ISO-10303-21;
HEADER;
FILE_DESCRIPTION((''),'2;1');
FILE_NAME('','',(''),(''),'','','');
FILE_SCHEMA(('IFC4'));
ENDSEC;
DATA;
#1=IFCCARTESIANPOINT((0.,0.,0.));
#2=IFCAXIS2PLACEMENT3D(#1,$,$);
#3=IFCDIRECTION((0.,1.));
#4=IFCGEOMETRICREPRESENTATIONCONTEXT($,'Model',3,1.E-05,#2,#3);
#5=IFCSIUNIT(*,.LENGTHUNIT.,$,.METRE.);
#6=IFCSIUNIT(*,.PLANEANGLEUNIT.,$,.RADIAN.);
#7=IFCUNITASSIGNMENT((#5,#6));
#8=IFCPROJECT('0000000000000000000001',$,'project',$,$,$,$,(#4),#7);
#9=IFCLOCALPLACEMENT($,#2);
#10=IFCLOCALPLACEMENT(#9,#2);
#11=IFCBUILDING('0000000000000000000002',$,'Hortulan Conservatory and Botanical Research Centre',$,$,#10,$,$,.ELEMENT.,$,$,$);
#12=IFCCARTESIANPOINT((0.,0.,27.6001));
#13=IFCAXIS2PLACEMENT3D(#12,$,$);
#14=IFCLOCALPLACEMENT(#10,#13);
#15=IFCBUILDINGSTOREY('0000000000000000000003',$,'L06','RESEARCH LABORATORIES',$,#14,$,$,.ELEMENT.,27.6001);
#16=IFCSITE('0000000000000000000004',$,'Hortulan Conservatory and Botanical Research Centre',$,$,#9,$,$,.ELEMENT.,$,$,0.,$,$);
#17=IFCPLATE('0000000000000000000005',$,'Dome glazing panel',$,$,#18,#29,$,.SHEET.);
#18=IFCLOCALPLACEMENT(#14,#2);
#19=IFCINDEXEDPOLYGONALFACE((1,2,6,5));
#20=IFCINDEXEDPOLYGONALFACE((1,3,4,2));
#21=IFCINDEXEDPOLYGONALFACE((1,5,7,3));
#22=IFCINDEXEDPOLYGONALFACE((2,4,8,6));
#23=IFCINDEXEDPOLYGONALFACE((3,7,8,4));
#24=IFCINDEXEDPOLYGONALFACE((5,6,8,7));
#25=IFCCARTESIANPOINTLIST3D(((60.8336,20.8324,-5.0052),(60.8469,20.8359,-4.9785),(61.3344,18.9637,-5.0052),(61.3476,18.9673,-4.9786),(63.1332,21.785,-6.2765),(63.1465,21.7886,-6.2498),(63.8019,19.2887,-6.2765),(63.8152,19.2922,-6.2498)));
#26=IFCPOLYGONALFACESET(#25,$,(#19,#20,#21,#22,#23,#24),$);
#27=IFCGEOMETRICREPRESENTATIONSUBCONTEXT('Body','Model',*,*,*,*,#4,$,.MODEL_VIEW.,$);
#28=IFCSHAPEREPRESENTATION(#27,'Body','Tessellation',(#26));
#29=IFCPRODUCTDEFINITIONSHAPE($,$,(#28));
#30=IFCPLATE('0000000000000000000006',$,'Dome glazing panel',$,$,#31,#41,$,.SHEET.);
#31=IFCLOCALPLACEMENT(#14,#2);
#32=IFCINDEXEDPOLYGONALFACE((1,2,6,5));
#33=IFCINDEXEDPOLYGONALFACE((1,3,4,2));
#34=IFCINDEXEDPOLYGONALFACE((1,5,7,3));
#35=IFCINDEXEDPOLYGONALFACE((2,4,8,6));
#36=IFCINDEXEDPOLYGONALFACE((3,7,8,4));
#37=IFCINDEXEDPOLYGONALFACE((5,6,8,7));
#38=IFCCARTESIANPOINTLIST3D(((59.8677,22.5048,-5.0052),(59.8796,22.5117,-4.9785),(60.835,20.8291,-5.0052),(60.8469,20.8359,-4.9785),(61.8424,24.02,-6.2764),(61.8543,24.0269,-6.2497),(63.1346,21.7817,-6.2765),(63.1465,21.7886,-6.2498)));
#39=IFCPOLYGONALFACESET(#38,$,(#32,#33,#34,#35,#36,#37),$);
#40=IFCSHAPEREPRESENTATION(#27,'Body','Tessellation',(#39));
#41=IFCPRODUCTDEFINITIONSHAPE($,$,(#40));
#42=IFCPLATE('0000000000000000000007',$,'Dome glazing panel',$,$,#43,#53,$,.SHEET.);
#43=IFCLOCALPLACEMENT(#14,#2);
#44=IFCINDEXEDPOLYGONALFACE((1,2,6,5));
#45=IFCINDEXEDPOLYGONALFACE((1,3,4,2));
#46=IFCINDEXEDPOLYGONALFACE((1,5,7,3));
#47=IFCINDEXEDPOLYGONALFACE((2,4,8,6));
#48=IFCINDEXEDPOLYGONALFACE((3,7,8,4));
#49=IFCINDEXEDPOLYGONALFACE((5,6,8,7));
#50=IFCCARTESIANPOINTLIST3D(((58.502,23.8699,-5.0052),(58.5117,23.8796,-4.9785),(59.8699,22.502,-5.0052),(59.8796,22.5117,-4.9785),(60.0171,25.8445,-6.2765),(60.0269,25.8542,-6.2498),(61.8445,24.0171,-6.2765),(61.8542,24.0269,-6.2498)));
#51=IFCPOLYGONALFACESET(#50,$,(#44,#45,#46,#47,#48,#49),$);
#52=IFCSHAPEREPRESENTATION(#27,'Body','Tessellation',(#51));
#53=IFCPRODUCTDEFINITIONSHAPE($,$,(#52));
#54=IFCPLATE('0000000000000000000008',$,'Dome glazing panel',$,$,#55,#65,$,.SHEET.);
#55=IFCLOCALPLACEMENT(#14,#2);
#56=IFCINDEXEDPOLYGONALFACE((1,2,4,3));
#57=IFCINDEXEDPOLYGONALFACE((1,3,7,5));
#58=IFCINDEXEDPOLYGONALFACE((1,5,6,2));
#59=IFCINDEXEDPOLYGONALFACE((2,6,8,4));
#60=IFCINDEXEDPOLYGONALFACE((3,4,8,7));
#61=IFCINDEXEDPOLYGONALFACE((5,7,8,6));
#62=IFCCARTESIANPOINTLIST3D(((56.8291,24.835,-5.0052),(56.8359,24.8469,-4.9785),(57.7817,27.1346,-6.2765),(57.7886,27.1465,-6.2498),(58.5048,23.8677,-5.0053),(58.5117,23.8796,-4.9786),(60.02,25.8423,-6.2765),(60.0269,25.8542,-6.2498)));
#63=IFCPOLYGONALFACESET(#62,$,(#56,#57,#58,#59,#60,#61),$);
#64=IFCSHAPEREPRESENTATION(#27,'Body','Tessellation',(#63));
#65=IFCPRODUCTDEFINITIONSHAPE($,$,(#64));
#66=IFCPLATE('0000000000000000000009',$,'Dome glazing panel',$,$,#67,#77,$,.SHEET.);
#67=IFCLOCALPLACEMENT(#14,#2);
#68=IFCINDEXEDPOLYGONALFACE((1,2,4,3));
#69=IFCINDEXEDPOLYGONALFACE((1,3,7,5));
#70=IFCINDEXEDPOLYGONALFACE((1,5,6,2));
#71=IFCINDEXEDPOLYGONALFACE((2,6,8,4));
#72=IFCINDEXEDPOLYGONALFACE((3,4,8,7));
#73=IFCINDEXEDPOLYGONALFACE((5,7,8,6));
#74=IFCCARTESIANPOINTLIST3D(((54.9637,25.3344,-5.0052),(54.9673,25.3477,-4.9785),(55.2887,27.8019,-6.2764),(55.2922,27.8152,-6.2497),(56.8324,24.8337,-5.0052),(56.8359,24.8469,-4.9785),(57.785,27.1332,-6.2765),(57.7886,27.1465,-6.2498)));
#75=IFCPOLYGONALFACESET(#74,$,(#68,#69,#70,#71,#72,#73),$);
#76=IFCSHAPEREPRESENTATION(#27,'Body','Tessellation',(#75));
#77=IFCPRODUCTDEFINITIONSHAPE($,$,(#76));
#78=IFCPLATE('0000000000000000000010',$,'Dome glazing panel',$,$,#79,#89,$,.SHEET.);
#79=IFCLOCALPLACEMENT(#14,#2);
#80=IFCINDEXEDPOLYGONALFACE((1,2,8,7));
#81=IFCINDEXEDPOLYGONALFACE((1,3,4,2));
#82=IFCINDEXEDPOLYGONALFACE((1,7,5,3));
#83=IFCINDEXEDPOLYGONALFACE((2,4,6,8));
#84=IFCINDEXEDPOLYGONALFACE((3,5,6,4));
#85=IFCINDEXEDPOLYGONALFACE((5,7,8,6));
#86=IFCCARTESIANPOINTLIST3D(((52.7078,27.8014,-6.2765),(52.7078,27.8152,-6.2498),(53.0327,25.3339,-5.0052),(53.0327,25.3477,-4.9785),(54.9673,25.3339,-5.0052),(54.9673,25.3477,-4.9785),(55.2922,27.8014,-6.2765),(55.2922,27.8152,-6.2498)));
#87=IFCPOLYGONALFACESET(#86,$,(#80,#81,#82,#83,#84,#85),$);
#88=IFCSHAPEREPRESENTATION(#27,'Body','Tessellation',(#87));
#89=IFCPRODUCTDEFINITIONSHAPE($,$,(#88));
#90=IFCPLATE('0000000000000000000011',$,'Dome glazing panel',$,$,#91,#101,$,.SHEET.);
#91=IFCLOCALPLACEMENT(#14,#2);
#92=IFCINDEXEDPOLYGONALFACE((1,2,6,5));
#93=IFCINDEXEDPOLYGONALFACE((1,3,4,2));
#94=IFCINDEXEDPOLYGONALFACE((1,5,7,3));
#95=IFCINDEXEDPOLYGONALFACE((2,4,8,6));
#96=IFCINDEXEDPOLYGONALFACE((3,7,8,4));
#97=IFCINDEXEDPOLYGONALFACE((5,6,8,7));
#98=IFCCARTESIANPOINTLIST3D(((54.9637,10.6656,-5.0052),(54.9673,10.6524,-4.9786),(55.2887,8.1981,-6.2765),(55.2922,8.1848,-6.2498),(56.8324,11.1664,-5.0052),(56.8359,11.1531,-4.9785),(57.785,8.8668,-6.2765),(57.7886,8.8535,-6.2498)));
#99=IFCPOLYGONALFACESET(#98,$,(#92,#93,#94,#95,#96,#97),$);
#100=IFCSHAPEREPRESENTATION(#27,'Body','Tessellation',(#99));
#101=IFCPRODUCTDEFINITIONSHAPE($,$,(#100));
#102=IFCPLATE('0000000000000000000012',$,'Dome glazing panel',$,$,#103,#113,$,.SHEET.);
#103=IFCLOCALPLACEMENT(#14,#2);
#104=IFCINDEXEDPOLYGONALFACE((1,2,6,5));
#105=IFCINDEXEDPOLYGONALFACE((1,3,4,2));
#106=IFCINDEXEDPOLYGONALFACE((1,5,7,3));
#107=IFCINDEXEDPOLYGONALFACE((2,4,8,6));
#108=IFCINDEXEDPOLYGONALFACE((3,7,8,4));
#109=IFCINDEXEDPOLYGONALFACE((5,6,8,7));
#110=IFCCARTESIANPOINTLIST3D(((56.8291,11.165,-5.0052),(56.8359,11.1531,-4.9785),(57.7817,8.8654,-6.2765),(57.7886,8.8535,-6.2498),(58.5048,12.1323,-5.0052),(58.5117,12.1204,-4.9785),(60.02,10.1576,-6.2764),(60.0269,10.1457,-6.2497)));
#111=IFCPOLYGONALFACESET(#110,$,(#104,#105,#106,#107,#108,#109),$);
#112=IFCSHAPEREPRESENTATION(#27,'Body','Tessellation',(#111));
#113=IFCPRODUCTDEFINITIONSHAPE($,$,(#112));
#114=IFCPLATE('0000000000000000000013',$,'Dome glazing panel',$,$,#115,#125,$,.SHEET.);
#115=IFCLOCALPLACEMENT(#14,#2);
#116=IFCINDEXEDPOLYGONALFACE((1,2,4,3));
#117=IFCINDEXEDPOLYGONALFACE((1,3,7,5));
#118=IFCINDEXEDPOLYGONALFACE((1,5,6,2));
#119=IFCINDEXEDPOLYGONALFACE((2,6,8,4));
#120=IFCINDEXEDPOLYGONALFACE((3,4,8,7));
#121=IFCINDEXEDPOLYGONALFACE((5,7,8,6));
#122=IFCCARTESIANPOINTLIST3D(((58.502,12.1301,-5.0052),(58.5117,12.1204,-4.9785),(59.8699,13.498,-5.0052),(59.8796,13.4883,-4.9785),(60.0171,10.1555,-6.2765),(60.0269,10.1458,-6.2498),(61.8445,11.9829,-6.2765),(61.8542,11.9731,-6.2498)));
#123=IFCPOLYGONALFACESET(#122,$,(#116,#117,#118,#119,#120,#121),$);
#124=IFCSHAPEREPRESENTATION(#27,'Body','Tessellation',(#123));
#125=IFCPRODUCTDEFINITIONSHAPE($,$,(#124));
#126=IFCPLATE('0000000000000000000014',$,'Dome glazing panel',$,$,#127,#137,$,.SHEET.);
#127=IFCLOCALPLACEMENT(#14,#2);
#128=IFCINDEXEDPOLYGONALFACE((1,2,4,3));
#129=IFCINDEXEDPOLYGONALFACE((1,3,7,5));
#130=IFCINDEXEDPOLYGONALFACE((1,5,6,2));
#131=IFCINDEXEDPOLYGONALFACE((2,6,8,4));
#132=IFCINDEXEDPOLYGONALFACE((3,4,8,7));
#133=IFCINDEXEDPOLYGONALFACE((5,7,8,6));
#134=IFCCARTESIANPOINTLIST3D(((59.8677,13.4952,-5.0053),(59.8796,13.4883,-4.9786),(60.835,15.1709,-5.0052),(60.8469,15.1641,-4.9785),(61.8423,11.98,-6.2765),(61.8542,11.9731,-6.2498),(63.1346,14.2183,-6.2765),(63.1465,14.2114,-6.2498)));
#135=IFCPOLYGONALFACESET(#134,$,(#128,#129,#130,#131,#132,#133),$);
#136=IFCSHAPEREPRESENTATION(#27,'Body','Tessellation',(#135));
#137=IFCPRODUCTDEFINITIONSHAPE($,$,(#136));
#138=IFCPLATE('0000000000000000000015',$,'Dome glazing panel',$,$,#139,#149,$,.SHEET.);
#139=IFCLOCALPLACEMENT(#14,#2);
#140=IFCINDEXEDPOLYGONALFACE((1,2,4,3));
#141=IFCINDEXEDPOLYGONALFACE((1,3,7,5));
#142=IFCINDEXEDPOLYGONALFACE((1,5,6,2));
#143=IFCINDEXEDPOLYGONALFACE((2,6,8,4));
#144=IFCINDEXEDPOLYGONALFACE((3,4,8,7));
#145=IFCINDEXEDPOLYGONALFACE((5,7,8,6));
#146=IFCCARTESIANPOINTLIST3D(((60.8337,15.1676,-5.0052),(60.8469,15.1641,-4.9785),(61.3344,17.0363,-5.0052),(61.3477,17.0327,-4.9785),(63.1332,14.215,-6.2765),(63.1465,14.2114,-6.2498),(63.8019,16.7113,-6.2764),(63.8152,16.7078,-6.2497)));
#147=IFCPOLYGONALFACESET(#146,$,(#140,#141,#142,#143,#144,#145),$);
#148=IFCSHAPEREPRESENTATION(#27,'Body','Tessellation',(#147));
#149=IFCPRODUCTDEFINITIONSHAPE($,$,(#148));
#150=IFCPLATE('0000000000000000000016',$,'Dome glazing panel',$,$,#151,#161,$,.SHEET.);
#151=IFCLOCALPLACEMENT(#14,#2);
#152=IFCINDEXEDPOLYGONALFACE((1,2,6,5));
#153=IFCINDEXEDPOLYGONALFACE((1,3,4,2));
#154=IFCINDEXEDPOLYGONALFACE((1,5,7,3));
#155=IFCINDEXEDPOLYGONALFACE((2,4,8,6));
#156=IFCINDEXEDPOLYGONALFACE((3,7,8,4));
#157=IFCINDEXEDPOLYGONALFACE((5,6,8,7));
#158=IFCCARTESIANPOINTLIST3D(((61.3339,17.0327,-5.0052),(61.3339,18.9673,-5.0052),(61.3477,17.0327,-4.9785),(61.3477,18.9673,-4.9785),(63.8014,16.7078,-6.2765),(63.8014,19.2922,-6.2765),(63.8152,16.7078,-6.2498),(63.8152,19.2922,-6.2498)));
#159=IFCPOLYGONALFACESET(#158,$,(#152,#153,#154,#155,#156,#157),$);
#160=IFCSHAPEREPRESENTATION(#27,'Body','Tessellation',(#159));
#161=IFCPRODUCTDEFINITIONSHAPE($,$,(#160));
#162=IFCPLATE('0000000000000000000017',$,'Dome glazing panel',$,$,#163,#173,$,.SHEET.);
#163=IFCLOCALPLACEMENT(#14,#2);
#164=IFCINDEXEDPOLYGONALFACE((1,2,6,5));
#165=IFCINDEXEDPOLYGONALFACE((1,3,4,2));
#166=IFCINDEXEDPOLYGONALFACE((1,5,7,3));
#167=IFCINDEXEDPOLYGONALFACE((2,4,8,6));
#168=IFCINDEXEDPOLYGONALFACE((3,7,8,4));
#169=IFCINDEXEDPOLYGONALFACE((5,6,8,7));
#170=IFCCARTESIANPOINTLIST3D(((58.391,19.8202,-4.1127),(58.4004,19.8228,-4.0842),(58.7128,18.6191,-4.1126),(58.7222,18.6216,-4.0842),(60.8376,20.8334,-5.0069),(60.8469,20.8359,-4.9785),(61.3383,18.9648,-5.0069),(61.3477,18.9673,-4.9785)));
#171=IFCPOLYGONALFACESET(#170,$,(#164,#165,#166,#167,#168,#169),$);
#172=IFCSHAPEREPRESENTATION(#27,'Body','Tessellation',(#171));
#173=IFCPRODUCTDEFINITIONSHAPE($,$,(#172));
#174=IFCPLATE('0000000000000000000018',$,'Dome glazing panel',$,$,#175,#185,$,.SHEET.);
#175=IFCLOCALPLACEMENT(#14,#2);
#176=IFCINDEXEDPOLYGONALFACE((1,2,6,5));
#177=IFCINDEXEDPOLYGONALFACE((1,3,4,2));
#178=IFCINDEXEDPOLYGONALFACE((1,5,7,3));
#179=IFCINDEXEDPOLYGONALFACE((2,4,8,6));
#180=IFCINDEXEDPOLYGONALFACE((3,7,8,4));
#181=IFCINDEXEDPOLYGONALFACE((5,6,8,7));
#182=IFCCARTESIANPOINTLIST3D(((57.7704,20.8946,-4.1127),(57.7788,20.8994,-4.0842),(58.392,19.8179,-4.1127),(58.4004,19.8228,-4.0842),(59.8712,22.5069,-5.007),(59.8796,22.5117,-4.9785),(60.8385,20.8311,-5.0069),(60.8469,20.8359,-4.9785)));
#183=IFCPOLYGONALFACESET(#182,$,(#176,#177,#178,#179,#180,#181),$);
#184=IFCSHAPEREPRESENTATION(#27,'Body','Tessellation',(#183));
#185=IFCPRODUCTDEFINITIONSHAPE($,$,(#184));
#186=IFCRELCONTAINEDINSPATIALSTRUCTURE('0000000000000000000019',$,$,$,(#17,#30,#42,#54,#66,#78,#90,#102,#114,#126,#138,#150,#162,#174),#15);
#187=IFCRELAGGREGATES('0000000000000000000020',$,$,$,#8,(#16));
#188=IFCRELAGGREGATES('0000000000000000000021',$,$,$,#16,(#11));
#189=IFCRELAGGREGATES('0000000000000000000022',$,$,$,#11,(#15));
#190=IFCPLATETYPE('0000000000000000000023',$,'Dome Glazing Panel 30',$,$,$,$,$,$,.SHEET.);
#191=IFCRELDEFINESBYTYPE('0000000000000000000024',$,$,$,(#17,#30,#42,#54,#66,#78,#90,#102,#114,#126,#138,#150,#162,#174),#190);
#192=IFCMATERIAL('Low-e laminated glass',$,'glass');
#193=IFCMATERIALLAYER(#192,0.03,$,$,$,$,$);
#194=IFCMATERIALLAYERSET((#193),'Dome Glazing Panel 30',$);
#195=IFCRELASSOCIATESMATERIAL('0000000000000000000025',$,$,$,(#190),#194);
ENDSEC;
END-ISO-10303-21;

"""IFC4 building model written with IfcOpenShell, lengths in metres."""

from ifc_helpers import new_model, si_unit, direction, frame, origin, place, context, subcontext, project, spatial, polyline, outline, extrude, material, layer, layer_set, type_object, element, save


model = new_model("IFC4")

# Units and contexts
model_context = context("Model", 3, precision=1e-05, world=origin(), true_north=direction((0.0, 1.0)))
body_context = subcontext(model_context, "Body", "Model", "MODEL_VIEW")
ifc_project = project(units=[si_unit("LENGTHUNIT", "METRE"), si_unit("PLANEANGLEUNIT", "RADIAN")], contexts=[model_context])

# Site, building, storey
site_placement = place(None, origin())
site = spatial("IfcSite", under=ifc_project, at=site_placement, Name="Hortulan Conservatory and Botanical Research Centre", CompositionType="ELEMENT", RefElevation=0.0)
building_placement = place(site_placement, origin())
building = spatial("IfcBuilding", under=site, at=building_placement, Name="Hortulan Conservatory and Botanical Research Centre", CompositionType="ELEMENT")
storey_placement = place(building_placement, frame((0.0, 0.0, 27.6001)))
storey = spatial("IfcBuildingStorey", under=building, at=storey_placement, Name="L06", Description="RESEARCH LABORATORIES", CompositionType="ELEMENT", Elevation=27.6001)

# Plates
ifc_material = material(Name="Low-e laminated glass", Category="glass")
ifc_layer = layer(ifc_material, 0.03)
ifc_layer_set = layer_set([ifc_layer], Name="Dome Glazing Panel 30")
plate_type = type_object("IfcPlateType", Name="Dome Glazing Panel 30", PredefinedType="SHEET", material=ifc_layer_set)
plate_1_placement = place(storey_placement, frame((63.8152, 19.2922, -6.2498), z_axis=(0.442362, 0.118514, 0.888971), x_axis=(-0.258758, 0.965942, -0.000015)))
element("IfcPlate", 1, at=plate_1_placement, inside=storey, type_object=plate_type, Name="Dome glazing panel", PredefinedType="SHEET", context=body_context, shape_type="SweptSolid", body=[
    extrude(outline(polyline([(0.0, 0.0), (2.5843, 0.0), (2.2592, 2.7759), (0.3246, 2.7758), (0.0, 0.0)])), origin(), (0.0, 0.0, -1.0), 0.03),
])
plate_2_placement = place(storey_placement, frame((63.1465, 21.7886, -6.2498), z_axis=(0.396612, 0.228957, 0.888975), x_axis=(-0.499983, 0.866035, 0.000016)))
element("IfcPlate", 2, at=plate_2_placement, inside=storey, type_object=plate_type, Name="Dome glazing panel", PredefinedType="SHEET", context=body_context, shape_type="SweptSolid", body=[
    extrude(outline(polyline([(0.0, 0.0), (2.5845, 0.0), (2.2597, 2.7758), (0.3247, 2.776), (0.0, 0.0)])), origin(), (0.0, 0.0, -1.0), 0.03),
])
plate_3_placement = place(storey_placement, frame((61.8542, 24.0269, -6.2498), z_axis=(0.323832, 0.323832, 0.888969), x_axis=(-0.707107, 0.707107, 0.0)))
element("IfcPlate", 3, at=plate_3_placement, inside=storey, type_object=plate_type, Name="Dome glazing panel", PredefinedType="SHEET", context=body_context, shape_type="SweptSolid", body=[
    extrude(outline(polyline([(0.0, 0.0), (2.5843, 0.0), (2.2594, 2.7758), (0.3249, 2.7758), (0.0, 0.0)])), origin(), (0.0, 0.0, -1.0), 0.03),
])
plate_4_placement = place(storey_placement, frame((60.0269, 25.8542, -6.2498), z_axis=(0.228957, 0.396612, 0.888975), x_axis=(-0.866035, 0.499983, -0.000016)))
element("IfcPlate", 4, at=plate_4_placement, inside=storey, type_object=plate_type, Name="Dome glazing panel", PredefinedType="SHEET", context=body_context, shape_type="SweptSolid", body=[
    extrude(outline(polyline([(0.0, 0.0), (2.5845, 0.0), (2.2598, 2.776), (0.3249, 2.7758), (0.0, 0.0)])), origin(), (0.0, 0.0, -1.0), 0.03),
])
plate_5_placement = place(storey_placement, frame((57.7886, 27.1465, -6.2498), z_axis=(0.118514, 0.442362, 0.888971), x_axis=(-0.965942, 0.258758, 0.000015)))
element("IfcPlate", 5, at=plate_5_placement, inside=storey, type_object=plate_type, Name="Dome glazing panel", PredefinedType="SHEET", context=body_context, shape_type="SweptSolid", body=[
    extrude(outline(polyline([(0.0, 0.0), (2.5843, 0.0), (2.2598, 2.7758), (0.3252, 2.7759), (0.0, 0.0)])), origin(), (0.0, 0.0, -1.0), 0.03),
])
plate_6_placement = place(storey_placement, frame((55.2922, 27.8152, -6.2498), z_axis=(0.0, 0.457982, 0.888962), x_axis=(-1.0, 0.0, 0.0)))
element("IfcPlate", 6, at=plate_6_placement, inside=storey, type_object=plate_type, Name="Dome glazing panel", PredefinedType="SHEET", context=body_context, shape_type="SweptSolid", body=[
    extrude(outline(polyline([(0.0, 0.0), (2.5845, 0.0), (2.2595, 2.7757), (0.325, 2.7757), (0.0, 0.0)])), origin(), (0.0, 0.0, -1.0), 0.03),
])
plate_7_placement = place(storey_placement, frame((55.2922, 8.1848, -6.2498), z_axis=(0.118514, -0.442362, 0.888971), x_axis=(0.965942, 0.258758, -0.000015)))
element("IfcPlate", 7, at=plate_7_placement, inside=storey, type_object=plate_type, Name="Dome glazing panel", PredefinedType="SHEET", context=body_context, shape_type="SweptSolid", body=[
    extrude(outline(polyline([(0.0, 0.0), (2.5843, 0.0), (2.2592, 2.7759), (0.3246, 2.7758), (0.0, 0.0)])), origin(), (0.0, 0.0, -1.0), 0.03),
])
plate_8_placement = place(storey_placement, frame((57.7886, 8.8535, -6.2498), z_axis=(0.228957, -0.396612, 0.888975), x_axis=(0.866035, 0.499983, 0.000016)))
element("IfcPlate", 8, at=plate_8_placement, inside=storey, type_object=plate_type, Name="Dome glazing panel", PredefinedType="SHEET", context=body_context, shape_type="SweptSolid", body=[
    extrude(outline(polyline([(0.0, 0.0), (2.5845, 0.0), (2.2597, 2.7758), (0.3247, 2.776), (0.0, 0.0)])), origin(), (0.0, 0.0, -1.0), 0.03),
])
plate_9_placement = place(storey_placement, frame((60.0269, 10.1458, -6.2498), z_axis=(0.323832, -0.323832, 0.888969), x_axis=(0.707107, 0.707107, 0.0)))
element("IfcPlate", 9, at=plate_9_placement, inside=storey, type_object=plate_type, Name="Dome glazing panel", PredefinedType="SHEET", context=body_context, shape_type="SweptSolid", body=[
    extrude(outline(polyline([(0.0, 0.0), (2.5843, 0.0), (2.2594, 2.7758), (0.3249, 2.7758), (0.0, 0.0)])), origin(), (0.0, 0.0, -1.0), 0.03),
])
plate_10_placement = place(storey_placement, frame((61.8542, 11.9731, -6.2498), z_axis=(0.396612, -0.228957, 0.888975), x_axis=(0.499983, 0.866035, -0.000016)))
element("IfcPlate", 10, at=plate_10_placement, inside=storey, type_object=plate_type, Name="Dome glazing panel", PredefinedType="SHEET", context=body_context, shape_type="SweptSolid", body=[
    extrude(outline(polyline([(0.0, 0.0), (2.5845, 0.0), (2.2598, 2.776), (0.3249, 2.7758), (0.0, 0.0)])), origin(), (0.0, 0.0, -1.0), 0.03),
])
plate_11_placement = place(storey_placement, frame((63.1465, 14.2114, -6.2498), z_axis=(0.442362, -0.118514, 0.888971), x_axis=(0.258758, 0.965942, 0.000015)))
element("IfcPlate", 11, at=plate_11_placement, inside=storey, type_object=plate_type, Name="Dome glazing panel", PredefinedType="SHEET", context=body_context, shape_type="SweptSolid", body=[
    extrude(outline(polyline([(0.0, 0.0), (2.5843, 0.0), (2.2598, 2.7758), (0.3252, 2.7759), (0.0, 0.0)])), origin(), (0.0, 0.0, -1.0), 0.03),
])
plate_12_placement = place(storey_placement, frame((63.8152, 16.7078, -6.2498), z_axis=(0.457982, 0.0, 0.888962), x_axis=(0.0, 1.0, 0.0)))
element("IfcPlate", 12, at=plate_12_placement, inside=storey, type_object=plate_type, Name="Dome glazing panel", PredefinedType="SHEET", context=body_context, shape_type="SweptSolid", body=[
    extrude(outline(polyline([(0.0, 0.0), (2.5845, 0.0), (2.2595, 2.7757), (0.325, 2.7757), (0.0, 0.0)])), origin(), (0.0, 0.0, -1.0), 0.03),
])
plate_13_placement = place(storey_placement, frame((61.3477, 18.9673, -4.9785), z_axis=(0.311445, 0.083447, 0.946593), x_axis=(-0.25883, 0.965923, 0.000009)))
element("IfcPlate", 13, at=plate_13_placement, inside=storey, type_object=plate_type, Name="Dome glazing panel", PredefinedType="SHEET", context=body_context, shape_type="SweptSolid", body=[
    extrude(outline(polyline([(0.0, 0.0), (1.9346, 0.0), (1.5892, 2.7735), (0.3456, 2.7736), (0.0, 0.0)])), origin(), (0.0, 0.0, -1.0), 0.03),
])
plate_14_placement = place(storey_placement, frame((60.8469, 20.8359, -4.9785), z_axis=(0.279246, 0.161197, 0.946593), x_axis=(-0.499915, 0.866075, -0.00001)))
element("IfcPlate", 14, at=plate_14_placement, inside=storey, type_object=plate_type, Name="Dome glazing panel", PredefinedType="SHEET", context=body_context, shape_type="SweptSolid", body=[
    extrude(outline(polyline([(0.0, 0.0), (1.9349, 0.0), (1.5888, 2.7736), (0.3456, 2.7735), (0.0, 0.0)])), origin(), (0.0, 0.0, -1.0), 0.03),
])

save(model, "model.ifc")
